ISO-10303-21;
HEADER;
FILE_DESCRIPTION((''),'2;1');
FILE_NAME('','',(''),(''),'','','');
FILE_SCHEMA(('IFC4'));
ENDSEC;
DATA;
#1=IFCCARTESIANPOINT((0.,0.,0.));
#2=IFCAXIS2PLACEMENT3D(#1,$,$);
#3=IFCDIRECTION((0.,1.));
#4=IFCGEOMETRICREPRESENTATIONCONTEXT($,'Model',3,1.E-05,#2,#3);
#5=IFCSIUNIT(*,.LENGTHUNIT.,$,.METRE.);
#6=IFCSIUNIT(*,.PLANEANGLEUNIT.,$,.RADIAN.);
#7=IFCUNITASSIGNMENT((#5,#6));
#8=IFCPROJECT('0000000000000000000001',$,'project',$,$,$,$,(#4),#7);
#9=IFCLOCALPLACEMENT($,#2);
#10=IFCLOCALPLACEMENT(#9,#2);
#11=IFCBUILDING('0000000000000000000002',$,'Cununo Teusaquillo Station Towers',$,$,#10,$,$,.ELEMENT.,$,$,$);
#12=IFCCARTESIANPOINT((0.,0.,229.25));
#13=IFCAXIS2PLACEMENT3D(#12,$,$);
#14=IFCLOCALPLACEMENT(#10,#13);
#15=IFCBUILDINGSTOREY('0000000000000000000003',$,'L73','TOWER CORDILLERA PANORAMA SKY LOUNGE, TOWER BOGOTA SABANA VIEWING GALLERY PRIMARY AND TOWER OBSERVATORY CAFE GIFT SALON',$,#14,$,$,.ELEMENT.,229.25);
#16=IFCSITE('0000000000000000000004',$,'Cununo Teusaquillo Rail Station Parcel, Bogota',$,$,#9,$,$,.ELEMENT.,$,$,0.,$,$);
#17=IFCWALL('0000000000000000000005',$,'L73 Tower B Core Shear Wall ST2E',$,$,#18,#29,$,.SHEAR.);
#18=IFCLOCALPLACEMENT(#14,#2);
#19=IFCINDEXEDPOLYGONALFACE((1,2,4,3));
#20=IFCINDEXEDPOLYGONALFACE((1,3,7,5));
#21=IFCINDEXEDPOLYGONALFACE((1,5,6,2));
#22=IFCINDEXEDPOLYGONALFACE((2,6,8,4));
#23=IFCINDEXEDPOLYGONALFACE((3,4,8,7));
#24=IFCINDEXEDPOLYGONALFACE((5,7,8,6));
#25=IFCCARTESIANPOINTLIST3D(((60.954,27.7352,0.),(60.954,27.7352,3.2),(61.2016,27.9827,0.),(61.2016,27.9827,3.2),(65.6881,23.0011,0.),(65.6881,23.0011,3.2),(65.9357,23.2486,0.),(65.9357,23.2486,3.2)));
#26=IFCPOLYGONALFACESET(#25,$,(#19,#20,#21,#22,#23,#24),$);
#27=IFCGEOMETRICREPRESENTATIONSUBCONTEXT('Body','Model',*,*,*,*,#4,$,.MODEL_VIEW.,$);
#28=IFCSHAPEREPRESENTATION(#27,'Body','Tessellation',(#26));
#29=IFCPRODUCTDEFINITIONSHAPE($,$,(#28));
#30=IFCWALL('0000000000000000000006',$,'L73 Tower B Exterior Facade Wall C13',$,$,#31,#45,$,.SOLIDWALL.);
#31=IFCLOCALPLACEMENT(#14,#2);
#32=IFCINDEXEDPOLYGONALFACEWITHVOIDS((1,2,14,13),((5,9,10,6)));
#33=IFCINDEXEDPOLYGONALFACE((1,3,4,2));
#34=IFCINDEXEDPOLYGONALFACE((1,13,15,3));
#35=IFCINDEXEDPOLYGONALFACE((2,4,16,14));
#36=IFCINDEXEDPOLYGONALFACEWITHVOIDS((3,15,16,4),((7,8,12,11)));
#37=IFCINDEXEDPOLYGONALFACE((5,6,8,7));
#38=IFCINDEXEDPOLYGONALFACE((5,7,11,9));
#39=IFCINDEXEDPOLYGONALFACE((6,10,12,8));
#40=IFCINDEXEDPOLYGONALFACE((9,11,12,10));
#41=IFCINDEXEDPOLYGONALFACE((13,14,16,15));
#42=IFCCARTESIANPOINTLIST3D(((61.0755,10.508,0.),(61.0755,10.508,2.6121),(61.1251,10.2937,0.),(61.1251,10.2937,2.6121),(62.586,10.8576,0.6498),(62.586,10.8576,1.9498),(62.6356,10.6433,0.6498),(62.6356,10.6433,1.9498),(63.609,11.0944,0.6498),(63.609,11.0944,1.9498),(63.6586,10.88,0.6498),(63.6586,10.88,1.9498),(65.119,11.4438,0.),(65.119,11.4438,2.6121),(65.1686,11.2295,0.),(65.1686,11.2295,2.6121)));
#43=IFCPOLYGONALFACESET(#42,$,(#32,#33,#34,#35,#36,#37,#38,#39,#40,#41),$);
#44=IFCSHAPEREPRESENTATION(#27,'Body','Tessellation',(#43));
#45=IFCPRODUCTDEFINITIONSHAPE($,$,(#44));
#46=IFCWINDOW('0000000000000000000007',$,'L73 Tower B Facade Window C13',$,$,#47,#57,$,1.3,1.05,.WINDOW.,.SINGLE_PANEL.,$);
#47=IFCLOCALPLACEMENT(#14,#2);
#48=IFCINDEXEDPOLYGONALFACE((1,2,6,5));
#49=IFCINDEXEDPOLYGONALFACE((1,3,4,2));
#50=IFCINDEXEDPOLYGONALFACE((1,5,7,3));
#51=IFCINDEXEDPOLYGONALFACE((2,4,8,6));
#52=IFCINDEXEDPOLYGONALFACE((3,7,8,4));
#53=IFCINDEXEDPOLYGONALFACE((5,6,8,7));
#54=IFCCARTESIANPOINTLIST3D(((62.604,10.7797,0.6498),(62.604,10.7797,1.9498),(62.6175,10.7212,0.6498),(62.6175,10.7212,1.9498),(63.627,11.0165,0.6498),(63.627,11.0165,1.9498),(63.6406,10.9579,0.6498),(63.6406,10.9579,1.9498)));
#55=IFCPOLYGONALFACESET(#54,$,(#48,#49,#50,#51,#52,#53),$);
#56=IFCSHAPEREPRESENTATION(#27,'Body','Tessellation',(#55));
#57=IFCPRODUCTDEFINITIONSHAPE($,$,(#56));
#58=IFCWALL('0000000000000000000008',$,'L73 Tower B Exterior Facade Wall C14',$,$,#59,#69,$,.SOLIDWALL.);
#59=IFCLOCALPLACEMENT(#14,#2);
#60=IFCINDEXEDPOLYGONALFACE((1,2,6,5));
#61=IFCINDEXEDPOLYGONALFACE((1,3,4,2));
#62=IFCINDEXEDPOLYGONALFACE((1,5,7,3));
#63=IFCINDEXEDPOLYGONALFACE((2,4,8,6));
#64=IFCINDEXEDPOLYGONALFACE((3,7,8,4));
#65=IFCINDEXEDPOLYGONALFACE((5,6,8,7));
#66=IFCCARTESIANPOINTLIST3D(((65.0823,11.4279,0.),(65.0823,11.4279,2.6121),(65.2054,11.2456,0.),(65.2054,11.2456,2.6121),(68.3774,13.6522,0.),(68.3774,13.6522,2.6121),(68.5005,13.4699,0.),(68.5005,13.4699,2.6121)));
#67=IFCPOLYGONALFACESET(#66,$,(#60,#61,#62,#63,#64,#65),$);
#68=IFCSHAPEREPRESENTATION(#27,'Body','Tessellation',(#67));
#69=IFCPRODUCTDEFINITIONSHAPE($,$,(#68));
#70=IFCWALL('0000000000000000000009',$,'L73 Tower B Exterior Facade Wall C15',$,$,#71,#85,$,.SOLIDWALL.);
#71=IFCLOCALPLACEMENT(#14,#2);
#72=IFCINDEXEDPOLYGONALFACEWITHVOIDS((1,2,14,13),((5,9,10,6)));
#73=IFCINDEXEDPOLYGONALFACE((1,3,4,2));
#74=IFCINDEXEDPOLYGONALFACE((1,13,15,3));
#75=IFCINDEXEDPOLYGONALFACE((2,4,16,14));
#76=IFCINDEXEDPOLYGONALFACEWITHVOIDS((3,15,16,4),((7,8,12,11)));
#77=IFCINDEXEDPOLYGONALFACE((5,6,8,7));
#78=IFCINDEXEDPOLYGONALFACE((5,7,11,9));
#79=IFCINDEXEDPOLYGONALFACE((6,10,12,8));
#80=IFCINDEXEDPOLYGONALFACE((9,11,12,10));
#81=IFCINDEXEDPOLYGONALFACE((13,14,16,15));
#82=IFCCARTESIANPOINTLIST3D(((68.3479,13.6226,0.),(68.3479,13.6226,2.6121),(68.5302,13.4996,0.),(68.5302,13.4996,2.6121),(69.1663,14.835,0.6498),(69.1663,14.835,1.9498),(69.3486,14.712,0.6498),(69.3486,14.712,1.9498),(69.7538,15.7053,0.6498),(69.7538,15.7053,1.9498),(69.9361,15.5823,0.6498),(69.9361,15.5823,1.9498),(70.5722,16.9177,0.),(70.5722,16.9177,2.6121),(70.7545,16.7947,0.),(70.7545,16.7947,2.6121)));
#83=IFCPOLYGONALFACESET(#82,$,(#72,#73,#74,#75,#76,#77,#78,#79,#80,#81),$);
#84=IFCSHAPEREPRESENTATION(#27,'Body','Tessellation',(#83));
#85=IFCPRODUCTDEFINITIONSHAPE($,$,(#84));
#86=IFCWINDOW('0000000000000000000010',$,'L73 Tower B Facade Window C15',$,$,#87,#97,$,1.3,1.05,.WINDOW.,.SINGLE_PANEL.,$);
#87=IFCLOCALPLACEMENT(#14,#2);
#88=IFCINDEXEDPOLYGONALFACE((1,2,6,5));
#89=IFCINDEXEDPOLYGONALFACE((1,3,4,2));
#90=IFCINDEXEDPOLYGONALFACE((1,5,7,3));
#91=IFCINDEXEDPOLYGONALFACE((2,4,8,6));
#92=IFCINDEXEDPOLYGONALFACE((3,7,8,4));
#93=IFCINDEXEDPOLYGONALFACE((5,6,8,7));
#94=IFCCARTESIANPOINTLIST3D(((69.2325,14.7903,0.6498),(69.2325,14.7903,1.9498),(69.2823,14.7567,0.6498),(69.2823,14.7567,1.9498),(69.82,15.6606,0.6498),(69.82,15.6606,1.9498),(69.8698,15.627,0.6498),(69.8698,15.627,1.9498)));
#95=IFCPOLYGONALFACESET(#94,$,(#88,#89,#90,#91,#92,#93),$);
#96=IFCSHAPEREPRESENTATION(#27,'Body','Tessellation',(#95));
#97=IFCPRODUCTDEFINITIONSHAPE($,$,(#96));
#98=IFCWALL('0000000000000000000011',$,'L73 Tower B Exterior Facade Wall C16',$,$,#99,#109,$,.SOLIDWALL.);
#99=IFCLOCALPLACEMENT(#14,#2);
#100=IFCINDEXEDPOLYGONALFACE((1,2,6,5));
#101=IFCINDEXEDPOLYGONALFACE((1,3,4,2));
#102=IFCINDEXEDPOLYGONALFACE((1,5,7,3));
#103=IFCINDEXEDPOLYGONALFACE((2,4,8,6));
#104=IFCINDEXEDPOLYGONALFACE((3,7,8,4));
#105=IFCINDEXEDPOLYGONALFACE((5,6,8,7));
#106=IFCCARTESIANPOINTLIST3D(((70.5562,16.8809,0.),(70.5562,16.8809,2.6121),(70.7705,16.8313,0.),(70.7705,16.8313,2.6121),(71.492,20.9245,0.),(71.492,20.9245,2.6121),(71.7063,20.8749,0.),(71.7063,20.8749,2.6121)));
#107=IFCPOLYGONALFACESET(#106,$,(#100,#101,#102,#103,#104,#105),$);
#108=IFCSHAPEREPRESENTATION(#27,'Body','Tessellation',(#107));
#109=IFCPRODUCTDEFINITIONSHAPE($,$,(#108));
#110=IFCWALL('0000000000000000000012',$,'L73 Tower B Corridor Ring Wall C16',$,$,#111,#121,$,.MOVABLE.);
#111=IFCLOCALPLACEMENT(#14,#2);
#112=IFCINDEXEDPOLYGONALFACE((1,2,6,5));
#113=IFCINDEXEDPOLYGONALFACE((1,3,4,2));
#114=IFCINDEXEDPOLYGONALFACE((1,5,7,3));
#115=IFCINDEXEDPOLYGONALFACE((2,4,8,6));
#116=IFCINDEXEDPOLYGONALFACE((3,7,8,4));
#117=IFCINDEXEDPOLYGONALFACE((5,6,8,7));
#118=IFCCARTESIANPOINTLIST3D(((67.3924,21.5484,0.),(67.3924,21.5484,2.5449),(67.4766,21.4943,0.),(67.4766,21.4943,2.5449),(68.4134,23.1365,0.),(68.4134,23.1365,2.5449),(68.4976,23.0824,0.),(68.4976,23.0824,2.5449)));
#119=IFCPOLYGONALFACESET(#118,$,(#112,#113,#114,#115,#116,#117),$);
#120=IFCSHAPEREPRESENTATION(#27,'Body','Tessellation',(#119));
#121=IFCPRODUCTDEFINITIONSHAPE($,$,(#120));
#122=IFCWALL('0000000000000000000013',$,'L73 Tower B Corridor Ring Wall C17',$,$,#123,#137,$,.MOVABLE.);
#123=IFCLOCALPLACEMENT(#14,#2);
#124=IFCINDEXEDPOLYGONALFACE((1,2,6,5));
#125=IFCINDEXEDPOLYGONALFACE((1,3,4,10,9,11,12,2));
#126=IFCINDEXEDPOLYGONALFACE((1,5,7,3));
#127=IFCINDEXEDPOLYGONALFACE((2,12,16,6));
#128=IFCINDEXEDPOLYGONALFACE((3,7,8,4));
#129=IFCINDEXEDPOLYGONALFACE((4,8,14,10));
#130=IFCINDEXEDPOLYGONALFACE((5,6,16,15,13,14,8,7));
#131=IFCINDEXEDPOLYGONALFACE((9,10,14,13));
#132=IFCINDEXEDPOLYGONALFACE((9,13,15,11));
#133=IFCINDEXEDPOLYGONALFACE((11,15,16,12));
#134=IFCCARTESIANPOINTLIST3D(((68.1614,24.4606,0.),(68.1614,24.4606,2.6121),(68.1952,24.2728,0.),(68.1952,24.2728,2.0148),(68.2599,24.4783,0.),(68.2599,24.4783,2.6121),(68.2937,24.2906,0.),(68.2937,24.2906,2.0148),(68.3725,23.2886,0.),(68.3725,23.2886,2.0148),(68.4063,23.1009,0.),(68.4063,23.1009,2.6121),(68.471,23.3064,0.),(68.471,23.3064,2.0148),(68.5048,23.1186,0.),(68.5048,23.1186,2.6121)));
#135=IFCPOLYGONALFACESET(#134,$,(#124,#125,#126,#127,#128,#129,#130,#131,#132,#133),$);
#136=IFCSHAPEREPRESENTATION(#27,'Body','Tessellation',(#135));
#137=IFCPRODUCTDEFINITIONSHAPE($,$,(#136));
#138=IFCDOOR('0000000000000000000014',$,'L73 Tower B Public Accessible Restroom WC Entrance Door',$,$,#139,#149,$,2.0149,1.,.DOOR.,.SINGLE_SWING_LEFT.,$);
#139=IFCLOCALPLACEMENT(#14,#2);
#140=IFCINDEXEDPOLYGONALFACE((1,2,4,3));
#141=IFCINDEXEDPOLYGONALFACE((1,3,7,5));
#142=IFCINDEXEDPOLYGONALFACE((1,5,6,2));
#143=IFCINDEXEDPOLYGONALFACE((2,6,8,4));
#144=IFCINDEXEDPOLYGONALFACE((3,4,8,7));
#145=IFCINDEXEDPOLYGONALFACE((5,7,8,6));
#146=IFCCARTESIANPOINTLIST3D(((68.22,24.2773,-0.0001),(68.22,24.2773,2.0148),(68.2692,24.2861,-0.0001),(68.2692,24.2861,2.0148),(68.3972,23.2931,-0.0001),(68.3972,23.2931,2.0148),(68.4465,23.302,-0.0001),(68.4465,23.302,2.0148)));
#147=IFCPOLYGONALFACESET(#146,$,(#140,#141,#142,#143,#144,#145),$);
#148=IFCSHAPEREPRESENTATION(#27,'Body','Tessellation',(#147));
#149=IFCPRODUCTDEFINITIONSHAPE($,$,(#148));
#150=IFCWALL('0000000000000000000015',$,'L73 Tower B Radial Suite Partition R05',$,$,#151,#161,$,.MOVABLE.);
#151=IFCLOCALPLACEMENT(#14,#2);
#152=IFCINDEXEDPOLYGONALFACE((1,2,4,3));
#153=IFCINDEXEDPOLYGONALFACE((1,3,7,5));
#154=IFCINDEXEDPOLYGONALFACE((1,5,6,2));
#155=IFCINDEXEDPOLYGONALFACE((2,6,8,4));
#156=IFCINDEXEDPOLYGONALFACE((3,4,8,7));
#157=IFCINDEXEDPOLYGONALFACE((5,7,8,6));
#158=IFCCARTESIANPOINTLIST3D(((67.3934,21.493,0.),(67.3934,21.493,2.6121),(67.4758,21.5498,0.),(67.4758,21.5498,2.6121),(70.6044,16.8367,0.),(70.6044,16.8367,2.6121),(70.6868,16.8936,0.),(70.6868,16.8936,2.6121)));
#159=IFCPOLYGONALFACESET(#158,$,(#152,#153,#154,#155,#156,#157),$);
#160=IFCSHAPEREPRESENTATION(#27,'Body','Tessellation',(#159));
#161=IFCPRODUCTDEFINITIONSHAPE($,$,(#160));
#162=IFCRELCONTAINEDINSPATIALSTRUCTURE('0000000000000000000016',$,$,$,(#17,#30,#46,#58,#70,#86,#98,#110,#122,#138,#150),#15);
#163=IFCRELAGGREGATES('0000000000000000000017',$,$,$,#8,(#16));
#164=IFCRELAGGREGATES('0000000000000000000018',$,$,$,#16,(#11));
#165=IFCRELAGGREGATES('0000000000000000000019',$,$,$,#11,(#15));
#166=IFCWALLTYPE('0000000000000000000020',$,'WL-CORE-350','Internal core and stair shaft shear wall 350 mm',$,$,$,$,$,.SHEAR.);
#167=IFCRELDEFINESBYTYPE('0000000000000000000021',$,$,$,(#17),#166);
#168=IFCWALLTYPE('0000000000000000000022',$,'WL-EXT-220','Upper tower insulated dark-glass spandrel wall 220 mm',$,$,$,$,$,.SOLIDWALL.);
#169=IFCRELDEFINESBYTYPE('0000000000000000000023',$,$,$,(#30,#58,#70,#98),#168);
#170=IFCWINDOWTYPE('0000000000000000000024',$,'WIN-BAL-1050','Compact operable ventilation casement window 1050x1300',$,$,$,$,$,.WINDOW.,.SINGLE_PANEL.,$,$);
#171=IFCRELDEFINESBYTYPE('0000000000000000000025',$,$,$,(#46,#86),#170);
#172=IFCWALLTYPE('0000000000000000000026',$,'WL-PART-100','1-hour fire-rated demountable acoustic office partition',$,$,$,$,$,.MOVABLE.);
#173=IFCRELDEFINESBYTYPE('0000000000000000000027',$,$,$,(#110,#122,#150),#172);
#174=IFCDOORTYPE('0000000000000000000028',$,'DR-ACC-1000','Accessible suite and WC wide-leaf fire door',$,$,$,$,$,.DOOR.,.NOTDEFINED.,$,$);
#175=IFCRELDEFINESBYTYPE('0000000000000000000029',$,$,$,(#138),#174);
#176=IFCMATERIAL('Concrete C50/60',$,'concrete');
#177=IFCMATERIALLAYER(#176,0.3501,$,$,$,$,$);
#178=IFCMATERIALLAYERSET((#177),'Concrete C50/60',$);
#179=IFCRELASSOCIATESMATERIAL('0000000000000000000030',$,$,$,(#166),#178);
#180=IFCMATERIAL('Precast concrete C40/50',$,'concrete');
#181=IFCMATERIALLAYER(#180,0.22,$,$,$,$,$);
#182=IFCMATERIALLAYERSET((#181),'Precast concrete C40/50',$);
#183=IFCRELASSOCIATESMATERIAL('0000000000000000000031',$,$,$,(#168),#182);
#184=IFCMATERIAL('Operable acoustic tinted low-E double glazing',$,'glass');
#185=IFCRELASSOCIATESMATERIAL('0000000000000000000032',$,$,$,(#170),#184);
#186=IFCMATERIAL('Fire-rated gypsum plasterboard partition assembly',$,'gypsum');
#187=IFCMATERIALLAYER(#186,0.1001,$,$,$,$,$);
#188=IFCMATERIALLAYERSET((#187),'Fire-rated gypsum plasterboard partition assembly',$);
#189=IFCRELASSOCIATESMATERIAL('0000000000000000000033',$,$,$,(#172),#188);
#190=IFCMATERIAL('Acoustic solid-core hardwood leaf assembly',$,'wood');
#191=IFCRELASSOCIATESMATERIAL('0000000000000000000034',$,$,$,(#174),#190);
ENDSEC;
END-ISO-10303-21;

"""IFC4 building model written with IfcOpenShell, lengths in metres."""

from ifc_helpers import new_model, si_unit, direction, frame, frame_2d, origin, place, context, subcontext, project, spatial, rectangle, extrude, source, transform, mapped, material, layer, layer_set, type_object, element, fill, save


model = new_model("IFC4")

# Units and contexts
model_context = context("Model", 3, precision=1e-05, world=origin(), true_north=direction((0.0, 1.0)))
body_context = subcontext(model_context, "Body", "Model", "MODEL_VIEW")
ifc_project = project(units=[si_unit("LENGTHUNIT", "METRE"), si_unit("PLANEANGLEUNIT", "RADIAN")], contexts=[model_context])

# Site, building, storey
site_placement = place(None, origin())
site = spatial("IfcSite", under=ifc_project, at=site_placement, Name="Cununo Teusaquillo Rail Station Parcel, Bogota", CompositionType="ELEMENT", RefElevation=0.0)
building_placement = place(site_placement, origin())
building = spatial("IfcBuilding", under=site, at=building_placement, Name="Cununo Teusaquillo Station Towers", CompositionType="ELEMENT")
storey_placement = place(building_placement, frame((0.0, 0.0, 229.25)))
storey = spatial("IfcBuildingStorey", under=building, at=storey_placement, Name="L73", Description="TOWER CORDILLERA PANORAMA SKY LOUNGE, TOWER BOGOTA SABANA VIEWING GALLERY PRIMARY AND TOWER OBSERVATORY CAFE GIFT SALON", CompositionType="ELEMENT", Elevation=229.25)

# Wall
ifc_material_1 = material(Name="Concrete C50/60", Category="concrete")
ifc_layer_1 = layer(ifc_material_1, 0.3501)
ifc_layer_set_1 = layer_set([ifc_layer_1], Name="Concrete C50/60")
wall_type_1 = type_object("IfcWallType", Name="WL-CORE-350", Description="Internal core and stair shaft shear wall 350 mm", PredefinedType="SHEAR", material=ifc_layer_set_1)
wall_1_placement = place(storey_placement, frame((65.812, 23.1248, 0.0), z_axis=(0.0, 0.0, 1.0), x_axis=(-0.707107, 0.707107, 0.0)))
element("IfcWall", 1, at=wall_1_placement, inside=storey, type_object=wall_type_1, Name="L73 Tower B Core Shear Wall ST2E", PredefinedType="SHEAR", context=body_context, shape_type="SweptSolid", body=[
    extrude(rectangle(XDim=6.6951, YDim=0.3501, at=frame_2d((3.3477, 0.0))), origin(), (0.0, 0.0, 1.0), 3.2),
])

# Wall, opening, window
ifc_material_2 = material(Name="Precast concrete C40/50", Category="concrete")
ifc_layer_2 = layer(ifc_material_2, 0.22)
ifc_layer_set_2 = layer_set([ifc_layer_2], Name="Precast concrete C40/50")
wall_type_2 = type_object("IfcWallType", Name="WL-EXT-220", Description="Upper tower insulated dark-glass spandrel wall 220 mm", PredefinedType="SOLIDWALL", material=ifc_layer_set_2)
wall_2_placement = place(storey_placement, frame((65.1438, 11.3367, 0.0), z_axis=(0.0, 0.0, 1.0), x_axis=(-0.974249, -0.225474, 0.0)))
wall_2 = element("IfcWall", 2, at=wall_2_placement, inside=storey, type_object=wall_type_2, Name="L73 Tower B Exterior Facade Wall C13", PredefinedType="SOLIDWALL", context=body_context, shape_type="SweptSolid", body=[
    extrude(rectangle(XDim=4.1504, YDim=0.22, at=frame_2d((2.0752, 0.0))), origin(), (0.0, 0.0, 1.0), 2.6121),
])
shared_shape_1 = source(origin(), body_context, "Body", "SweptSolid", [
    extrude(rectangle(XDim=1.05, YDim=1.3, at=frame_2d((0.5249, 0.6499))), frame((0.0, 0.1199, 0.0), z_axis=(0.0, -1.0, 0.0), x_axis=(1.0, 0.0, 0.0)), (0.0, 0.0, 1.0), 0.24),
])
opening_1_placement = place(wall_2_placement, frame((1.55, 0.0, 0.6499)))
opening_1 = element("IfcOpeningElement", 3, at=opening_1_placement, cuts=wall_2, PredefinedType="OPENING", context=body_context, shape_type="MappedRepresentation", body=[
    mapped(shared_shape_1, transform((0.0, 0.0, 0.0), x_axis=(1.0, 0.0, 0.0), y_axis=(0.0, 1.0, 0.0), z_axis=(0.0, 0.0, 1.0), scale=1.0)),
])
ifc_material_3 = material(Name="Operable acoustic tinted low-E double glazing", Category="glass")
window_type = type_object("IfcWindowType", Name="WIN-BAL-1050", Description="Compact operable ventilation casement window 1050x1300", PartitioningType="SINGLE_PANEL", PredefinedType="WINDOW", material=ifc_material_3)
shared_shape_2 = source(origin(), body_context, "Body", "SweptSolid", [
    extrude(rectangle(XDim=1.05, YDim=1.3, at=frame_2d((0.5249, 0.6499))), frame((0.0, 0.03, 0.0), z_axis=(0.0, -1.0, 0.0), x_axis=(1.0, 0.0, 0.0)), (0.0, 0.0, 1.0), 0.0601),
])
window_1_placement = place(opening_1_placement, origin())
window_1 = element("IfcWindow", 4, at=window_1_placement, inside=storey, type_object=window_type, Name="L73 Tower B Facade Window C13", OverallHeight=1.3, OverallWidth=1.05, PartitioningType="SINGLE_PANEL", PredefinedType="WINDOW", context=body_context, shape_type="MappedRepresentation", body=[
    mapped(shared_shape_2, transform((0.0, 0.0, 0.0), x_axis=(1.0, 0.0, 0.0), y_axis=(0.0, 1.0, 0.0), z_axis=(0.0, 0.0, 1.0), scale=1.0)),
])
fill(opening_1, window_1)

# Wall
wall_3_placement = place(storey_placement, frame((68.439, 13.561, 0.0), z_axis=(0.0, 0.0, 1.0), x_axis=(-0.828834, -0.559495, 0.0)))
element("IfcWall", 5, at=wall_3_placement, inside=storey, type_object=wall_type_2, Name="L73 Tower B Exterior Facade Wall C14", PredefinedType="SOLIDWALL", context=body_context, shape_type="SweptSolid", body=[
    extrude(rectangle(XDim=3.9756, YDim=0.22, at=frame_2d((1.9878, 0.0))), origin(), (0.0, 0.0, 1.0), 2.6121),
])

# Wall, opening, window
wall_4_placement = place(storey_placement, frame((70.6633, 16.8562, 0.0), z_axis=(0.0, 0.0, 1.0), x_axis=(-0.559495, -0.828834, 0.0)))
wall_4 = element("IfcWall", 6, at=wall_4_placement, inside=storey, type_object=wall_type_2, Name="L73 Tower B Exterior Facade Wall C15", PredefinedType="SOLIDWALL", context=body_context, shape_type="SweptSolid", body=[
    extrude(rectangle(XDim=3.9756, YDim=0.22, at=frame_2d((1.9878, 0.0))), origin(), (0.0, 0.0, 1.0), 2.6121),
])
opening_2_placement = place(wall_4_placement, frame((1.4629, 0.0, 0.6499)))
opening_2 = element("IfcOpeningElement", 7, at=opening_2_placement, cuts=wall_4, PredefinedType="OPENING", context=body_context, shape_type="MappedRepresentation", body=[
    mapped(shared_shape_1, transform((0.0, 0.0, 0.0), x_axis=(1.0, 0.0, 0.0), y_axis=(0.0, 1.0, 0.0), z_axis=(0.0, 0.0, 1.0), scale=1.0)),
])
window_2_placement = place(opening_2_placement, origin())
window_2 = element("IfcWindow", 8, at=window_2_placement, inside=storey, type_object=window_type, Name="L73 Tower B Facade Window C15", OverallHeight=1.3, OverallWidth=1.05, PartitioningType="SINGLE_PANEL", PredefinedType="WINDOW", context=body_context, shape_type="MappedRepresentation", body=[
    mapped(shared_shape_2, transform((0.0, 0.0, 0.0), x_axis=(1.0, 0.0, 0.0), y_axis=(0.0, 1.0, 0.0), z_axis=(0.0, 0.0, 1.0), scale=1.0)),
])
fill(opening_2, window_2)

# Walls
wall_5_placement = place(storey_placement, frame((71.5991, 20.8997, 0.0), z_axis=(0.0, 0.0, 1.0), x_axis=(-0.225474, -0.974249, 0.0)))
element("IfcWall", 9, at=wall_5_placement, inside=storey, type_object=wall_type_2, Name="L73 Tower B Exterior Facade Wall C16", PredefinedType="SOLIDWALL", context=body_context, shape_type="SweptSolid", body=[
    extrude(rectangle(XDim=4.1504, YDim=0.22, at=frame_2d((2.0752, 0.0))), origin(), (0.0, 0.0, 1.0), 2.6121),
])
ifc_material_4 = material(Name="Fire-rated gypsum plasterboard partition assembly", Category="gypsum")
ifc_layer_3 = layer(ifc_material_4, 0.1001)
ifc_layer_set_3 = layer_set([ifc_layer_3], Name="Fire-rated gypsum plasterboard partition assembly")
wall_type_3 = type_object("IfcWallType", Name="WL-PART-100", Description="1-hour fire-rated demountable acoustic office partition", PredefinedType="MOVABLE", material=ifc_layer_set_3)
wall_6_placement = place(storey_placement, frame((67.4346, 21.5215, 0.0), z_axis=(0.0, 0.0, 1.0), x_axis=(0.540777, 0.841166, 0.0)))
element("IfcWall", 10, at=wall_6_placement, inside=storey, type_object=wall_type_3, Name="L73 Tower B Corridor Ring Wall C16", PredefinedType="MOVABLE", context=body_context, shape_type="SweptSolid", body=[
    extrude(rectangle(XDim=1.8879, YDim=0.1001, at=frame_2d((0.9438, 0.0))), origin(), (0.0, 0.0, 1.0), 2.5449),
])

# Wall, opening, door
wall_7_placement = place(storey_placement, frame((68.4556, 23.1096, 0.0), z_axis=(0.0, 0.0, 1.0), x_axis=(-0.177252, 0.984165, 0.0)))
wall_7 = element("IfcWall", 11, at=wall_7_placement, inside=storey, type_object=wall_type_3, Name="L73 Tower B Corridor Ring Wall C17", PredefinedType="MOVABLE", context=body_context, shape_type="SweptSolid", body=[
    extrude(rectangle(XDim=1.3816, YDim=0.1001, at=frame_2d((0.6909, 0.0))), origin(), (0.0, 0.0, 1.0), 2.6121),
])
shared_shape_3 = source(origin(), body_context, "Body", "SweptSolid", [
    extrude(rectangle(XDim=1.0, YDim=2.0149, at=frame_2d((0.5, 1.0073))), frame((0.0, 0.0601, 0.0), z_axis=(0.0, -1.0, 0.0), x_axis=(1.0, 0.0, 0.0)), (0.0, 0.0, 1.0), 0.1201),
])
opening_3_placement = place(wall_7_placement, frame((0.1909, 0.0, 0.0)))
opening_3 = element("IfcOpeningElement", 12, at=opening_3_placement, cuts=wall_7, PredefinedType="OPENING", context=body_context, shape_type="MappedRepresentation", body=[
    mapped(shared_shape_3, transform((0.0, 0.0, 0.0), x_axis=(1.0, 0.0, 0.0), y_axis=(0.0, 1.0, 0.0), z_axis=(0.0, 0.0, 1.0), scale=1.0)),
])
ifc_material_5 = material(Name="Acoustic solid-core hardwood leaf assembly", Category="wood")
door_type = type_object("IfcDoorType", Name="DR-ACC-1000", Description="Accessible suite and WC wide-leaf fire door", OperationType="NOTDEFINED", PredefinedType="DOOR", material=ifc_material_5)
shared_shape_4 = source(origin(), body_context, "Body", "SweptSolid", [
    extrude(rectangle(XDim=1.0, YDim=2.0149, at=frame_2d((0.5, 1.0073))), frame((0.0, 0.0249, 0.0), z_axis=(0.0, -1.0, 0.0), x_axis=(1.0, 0.0, 0.0)), (0.0, 0.0, 1.0), 0.05),
])
door_placement = place(opening_3_placement, origin())
door = element("IfcDoor", 13, at=door_placement, inside=storey, type_object=door_type, Name="L73 Tower B Public Accessible Restroom WC Entrance Door", OperationType="SINGLE_SWING_LEFT", OverallHeight=2.0149, OverallWidth=1.0, PredefinedType="DOOR", context=body_context, shape_type="MappedRepresentation", body=[
    mapped(shared_shape_4, transform((0.0, 0.0, 0.0), x_axis=(1.0, 0.0, 0.0), y_axis=(0.0, 1.0, 0.0), z_axis=(0.0, 0.0, 1.0), scale=1.0)),
])
fill(opening_3, door)

# Wall
wall_8_placement = place(storey_placement, frame((67.4346, 21.5215, 0.0), z_axis=(0.0, 0.0, 1.0), x_axis=(0.567701, -0.823235, 0.0)))
element("IfcWall", 14, at=wall_8_placement, inside=storey, type_object=wall_type_3, Name="L73 Tower B Radial Suite Partition R05", PredefinedType="MOVABLE", context=body_context, shape_type="SweptSolid", body=[
    extrude(rectangle(XDim=5.656, YDim=0.1001, at=frame_2d((2.8281, 0.0))), origin(), (0.0, 0.0, 1.0), 2.6121),
])

save(model, "model.ifc")
